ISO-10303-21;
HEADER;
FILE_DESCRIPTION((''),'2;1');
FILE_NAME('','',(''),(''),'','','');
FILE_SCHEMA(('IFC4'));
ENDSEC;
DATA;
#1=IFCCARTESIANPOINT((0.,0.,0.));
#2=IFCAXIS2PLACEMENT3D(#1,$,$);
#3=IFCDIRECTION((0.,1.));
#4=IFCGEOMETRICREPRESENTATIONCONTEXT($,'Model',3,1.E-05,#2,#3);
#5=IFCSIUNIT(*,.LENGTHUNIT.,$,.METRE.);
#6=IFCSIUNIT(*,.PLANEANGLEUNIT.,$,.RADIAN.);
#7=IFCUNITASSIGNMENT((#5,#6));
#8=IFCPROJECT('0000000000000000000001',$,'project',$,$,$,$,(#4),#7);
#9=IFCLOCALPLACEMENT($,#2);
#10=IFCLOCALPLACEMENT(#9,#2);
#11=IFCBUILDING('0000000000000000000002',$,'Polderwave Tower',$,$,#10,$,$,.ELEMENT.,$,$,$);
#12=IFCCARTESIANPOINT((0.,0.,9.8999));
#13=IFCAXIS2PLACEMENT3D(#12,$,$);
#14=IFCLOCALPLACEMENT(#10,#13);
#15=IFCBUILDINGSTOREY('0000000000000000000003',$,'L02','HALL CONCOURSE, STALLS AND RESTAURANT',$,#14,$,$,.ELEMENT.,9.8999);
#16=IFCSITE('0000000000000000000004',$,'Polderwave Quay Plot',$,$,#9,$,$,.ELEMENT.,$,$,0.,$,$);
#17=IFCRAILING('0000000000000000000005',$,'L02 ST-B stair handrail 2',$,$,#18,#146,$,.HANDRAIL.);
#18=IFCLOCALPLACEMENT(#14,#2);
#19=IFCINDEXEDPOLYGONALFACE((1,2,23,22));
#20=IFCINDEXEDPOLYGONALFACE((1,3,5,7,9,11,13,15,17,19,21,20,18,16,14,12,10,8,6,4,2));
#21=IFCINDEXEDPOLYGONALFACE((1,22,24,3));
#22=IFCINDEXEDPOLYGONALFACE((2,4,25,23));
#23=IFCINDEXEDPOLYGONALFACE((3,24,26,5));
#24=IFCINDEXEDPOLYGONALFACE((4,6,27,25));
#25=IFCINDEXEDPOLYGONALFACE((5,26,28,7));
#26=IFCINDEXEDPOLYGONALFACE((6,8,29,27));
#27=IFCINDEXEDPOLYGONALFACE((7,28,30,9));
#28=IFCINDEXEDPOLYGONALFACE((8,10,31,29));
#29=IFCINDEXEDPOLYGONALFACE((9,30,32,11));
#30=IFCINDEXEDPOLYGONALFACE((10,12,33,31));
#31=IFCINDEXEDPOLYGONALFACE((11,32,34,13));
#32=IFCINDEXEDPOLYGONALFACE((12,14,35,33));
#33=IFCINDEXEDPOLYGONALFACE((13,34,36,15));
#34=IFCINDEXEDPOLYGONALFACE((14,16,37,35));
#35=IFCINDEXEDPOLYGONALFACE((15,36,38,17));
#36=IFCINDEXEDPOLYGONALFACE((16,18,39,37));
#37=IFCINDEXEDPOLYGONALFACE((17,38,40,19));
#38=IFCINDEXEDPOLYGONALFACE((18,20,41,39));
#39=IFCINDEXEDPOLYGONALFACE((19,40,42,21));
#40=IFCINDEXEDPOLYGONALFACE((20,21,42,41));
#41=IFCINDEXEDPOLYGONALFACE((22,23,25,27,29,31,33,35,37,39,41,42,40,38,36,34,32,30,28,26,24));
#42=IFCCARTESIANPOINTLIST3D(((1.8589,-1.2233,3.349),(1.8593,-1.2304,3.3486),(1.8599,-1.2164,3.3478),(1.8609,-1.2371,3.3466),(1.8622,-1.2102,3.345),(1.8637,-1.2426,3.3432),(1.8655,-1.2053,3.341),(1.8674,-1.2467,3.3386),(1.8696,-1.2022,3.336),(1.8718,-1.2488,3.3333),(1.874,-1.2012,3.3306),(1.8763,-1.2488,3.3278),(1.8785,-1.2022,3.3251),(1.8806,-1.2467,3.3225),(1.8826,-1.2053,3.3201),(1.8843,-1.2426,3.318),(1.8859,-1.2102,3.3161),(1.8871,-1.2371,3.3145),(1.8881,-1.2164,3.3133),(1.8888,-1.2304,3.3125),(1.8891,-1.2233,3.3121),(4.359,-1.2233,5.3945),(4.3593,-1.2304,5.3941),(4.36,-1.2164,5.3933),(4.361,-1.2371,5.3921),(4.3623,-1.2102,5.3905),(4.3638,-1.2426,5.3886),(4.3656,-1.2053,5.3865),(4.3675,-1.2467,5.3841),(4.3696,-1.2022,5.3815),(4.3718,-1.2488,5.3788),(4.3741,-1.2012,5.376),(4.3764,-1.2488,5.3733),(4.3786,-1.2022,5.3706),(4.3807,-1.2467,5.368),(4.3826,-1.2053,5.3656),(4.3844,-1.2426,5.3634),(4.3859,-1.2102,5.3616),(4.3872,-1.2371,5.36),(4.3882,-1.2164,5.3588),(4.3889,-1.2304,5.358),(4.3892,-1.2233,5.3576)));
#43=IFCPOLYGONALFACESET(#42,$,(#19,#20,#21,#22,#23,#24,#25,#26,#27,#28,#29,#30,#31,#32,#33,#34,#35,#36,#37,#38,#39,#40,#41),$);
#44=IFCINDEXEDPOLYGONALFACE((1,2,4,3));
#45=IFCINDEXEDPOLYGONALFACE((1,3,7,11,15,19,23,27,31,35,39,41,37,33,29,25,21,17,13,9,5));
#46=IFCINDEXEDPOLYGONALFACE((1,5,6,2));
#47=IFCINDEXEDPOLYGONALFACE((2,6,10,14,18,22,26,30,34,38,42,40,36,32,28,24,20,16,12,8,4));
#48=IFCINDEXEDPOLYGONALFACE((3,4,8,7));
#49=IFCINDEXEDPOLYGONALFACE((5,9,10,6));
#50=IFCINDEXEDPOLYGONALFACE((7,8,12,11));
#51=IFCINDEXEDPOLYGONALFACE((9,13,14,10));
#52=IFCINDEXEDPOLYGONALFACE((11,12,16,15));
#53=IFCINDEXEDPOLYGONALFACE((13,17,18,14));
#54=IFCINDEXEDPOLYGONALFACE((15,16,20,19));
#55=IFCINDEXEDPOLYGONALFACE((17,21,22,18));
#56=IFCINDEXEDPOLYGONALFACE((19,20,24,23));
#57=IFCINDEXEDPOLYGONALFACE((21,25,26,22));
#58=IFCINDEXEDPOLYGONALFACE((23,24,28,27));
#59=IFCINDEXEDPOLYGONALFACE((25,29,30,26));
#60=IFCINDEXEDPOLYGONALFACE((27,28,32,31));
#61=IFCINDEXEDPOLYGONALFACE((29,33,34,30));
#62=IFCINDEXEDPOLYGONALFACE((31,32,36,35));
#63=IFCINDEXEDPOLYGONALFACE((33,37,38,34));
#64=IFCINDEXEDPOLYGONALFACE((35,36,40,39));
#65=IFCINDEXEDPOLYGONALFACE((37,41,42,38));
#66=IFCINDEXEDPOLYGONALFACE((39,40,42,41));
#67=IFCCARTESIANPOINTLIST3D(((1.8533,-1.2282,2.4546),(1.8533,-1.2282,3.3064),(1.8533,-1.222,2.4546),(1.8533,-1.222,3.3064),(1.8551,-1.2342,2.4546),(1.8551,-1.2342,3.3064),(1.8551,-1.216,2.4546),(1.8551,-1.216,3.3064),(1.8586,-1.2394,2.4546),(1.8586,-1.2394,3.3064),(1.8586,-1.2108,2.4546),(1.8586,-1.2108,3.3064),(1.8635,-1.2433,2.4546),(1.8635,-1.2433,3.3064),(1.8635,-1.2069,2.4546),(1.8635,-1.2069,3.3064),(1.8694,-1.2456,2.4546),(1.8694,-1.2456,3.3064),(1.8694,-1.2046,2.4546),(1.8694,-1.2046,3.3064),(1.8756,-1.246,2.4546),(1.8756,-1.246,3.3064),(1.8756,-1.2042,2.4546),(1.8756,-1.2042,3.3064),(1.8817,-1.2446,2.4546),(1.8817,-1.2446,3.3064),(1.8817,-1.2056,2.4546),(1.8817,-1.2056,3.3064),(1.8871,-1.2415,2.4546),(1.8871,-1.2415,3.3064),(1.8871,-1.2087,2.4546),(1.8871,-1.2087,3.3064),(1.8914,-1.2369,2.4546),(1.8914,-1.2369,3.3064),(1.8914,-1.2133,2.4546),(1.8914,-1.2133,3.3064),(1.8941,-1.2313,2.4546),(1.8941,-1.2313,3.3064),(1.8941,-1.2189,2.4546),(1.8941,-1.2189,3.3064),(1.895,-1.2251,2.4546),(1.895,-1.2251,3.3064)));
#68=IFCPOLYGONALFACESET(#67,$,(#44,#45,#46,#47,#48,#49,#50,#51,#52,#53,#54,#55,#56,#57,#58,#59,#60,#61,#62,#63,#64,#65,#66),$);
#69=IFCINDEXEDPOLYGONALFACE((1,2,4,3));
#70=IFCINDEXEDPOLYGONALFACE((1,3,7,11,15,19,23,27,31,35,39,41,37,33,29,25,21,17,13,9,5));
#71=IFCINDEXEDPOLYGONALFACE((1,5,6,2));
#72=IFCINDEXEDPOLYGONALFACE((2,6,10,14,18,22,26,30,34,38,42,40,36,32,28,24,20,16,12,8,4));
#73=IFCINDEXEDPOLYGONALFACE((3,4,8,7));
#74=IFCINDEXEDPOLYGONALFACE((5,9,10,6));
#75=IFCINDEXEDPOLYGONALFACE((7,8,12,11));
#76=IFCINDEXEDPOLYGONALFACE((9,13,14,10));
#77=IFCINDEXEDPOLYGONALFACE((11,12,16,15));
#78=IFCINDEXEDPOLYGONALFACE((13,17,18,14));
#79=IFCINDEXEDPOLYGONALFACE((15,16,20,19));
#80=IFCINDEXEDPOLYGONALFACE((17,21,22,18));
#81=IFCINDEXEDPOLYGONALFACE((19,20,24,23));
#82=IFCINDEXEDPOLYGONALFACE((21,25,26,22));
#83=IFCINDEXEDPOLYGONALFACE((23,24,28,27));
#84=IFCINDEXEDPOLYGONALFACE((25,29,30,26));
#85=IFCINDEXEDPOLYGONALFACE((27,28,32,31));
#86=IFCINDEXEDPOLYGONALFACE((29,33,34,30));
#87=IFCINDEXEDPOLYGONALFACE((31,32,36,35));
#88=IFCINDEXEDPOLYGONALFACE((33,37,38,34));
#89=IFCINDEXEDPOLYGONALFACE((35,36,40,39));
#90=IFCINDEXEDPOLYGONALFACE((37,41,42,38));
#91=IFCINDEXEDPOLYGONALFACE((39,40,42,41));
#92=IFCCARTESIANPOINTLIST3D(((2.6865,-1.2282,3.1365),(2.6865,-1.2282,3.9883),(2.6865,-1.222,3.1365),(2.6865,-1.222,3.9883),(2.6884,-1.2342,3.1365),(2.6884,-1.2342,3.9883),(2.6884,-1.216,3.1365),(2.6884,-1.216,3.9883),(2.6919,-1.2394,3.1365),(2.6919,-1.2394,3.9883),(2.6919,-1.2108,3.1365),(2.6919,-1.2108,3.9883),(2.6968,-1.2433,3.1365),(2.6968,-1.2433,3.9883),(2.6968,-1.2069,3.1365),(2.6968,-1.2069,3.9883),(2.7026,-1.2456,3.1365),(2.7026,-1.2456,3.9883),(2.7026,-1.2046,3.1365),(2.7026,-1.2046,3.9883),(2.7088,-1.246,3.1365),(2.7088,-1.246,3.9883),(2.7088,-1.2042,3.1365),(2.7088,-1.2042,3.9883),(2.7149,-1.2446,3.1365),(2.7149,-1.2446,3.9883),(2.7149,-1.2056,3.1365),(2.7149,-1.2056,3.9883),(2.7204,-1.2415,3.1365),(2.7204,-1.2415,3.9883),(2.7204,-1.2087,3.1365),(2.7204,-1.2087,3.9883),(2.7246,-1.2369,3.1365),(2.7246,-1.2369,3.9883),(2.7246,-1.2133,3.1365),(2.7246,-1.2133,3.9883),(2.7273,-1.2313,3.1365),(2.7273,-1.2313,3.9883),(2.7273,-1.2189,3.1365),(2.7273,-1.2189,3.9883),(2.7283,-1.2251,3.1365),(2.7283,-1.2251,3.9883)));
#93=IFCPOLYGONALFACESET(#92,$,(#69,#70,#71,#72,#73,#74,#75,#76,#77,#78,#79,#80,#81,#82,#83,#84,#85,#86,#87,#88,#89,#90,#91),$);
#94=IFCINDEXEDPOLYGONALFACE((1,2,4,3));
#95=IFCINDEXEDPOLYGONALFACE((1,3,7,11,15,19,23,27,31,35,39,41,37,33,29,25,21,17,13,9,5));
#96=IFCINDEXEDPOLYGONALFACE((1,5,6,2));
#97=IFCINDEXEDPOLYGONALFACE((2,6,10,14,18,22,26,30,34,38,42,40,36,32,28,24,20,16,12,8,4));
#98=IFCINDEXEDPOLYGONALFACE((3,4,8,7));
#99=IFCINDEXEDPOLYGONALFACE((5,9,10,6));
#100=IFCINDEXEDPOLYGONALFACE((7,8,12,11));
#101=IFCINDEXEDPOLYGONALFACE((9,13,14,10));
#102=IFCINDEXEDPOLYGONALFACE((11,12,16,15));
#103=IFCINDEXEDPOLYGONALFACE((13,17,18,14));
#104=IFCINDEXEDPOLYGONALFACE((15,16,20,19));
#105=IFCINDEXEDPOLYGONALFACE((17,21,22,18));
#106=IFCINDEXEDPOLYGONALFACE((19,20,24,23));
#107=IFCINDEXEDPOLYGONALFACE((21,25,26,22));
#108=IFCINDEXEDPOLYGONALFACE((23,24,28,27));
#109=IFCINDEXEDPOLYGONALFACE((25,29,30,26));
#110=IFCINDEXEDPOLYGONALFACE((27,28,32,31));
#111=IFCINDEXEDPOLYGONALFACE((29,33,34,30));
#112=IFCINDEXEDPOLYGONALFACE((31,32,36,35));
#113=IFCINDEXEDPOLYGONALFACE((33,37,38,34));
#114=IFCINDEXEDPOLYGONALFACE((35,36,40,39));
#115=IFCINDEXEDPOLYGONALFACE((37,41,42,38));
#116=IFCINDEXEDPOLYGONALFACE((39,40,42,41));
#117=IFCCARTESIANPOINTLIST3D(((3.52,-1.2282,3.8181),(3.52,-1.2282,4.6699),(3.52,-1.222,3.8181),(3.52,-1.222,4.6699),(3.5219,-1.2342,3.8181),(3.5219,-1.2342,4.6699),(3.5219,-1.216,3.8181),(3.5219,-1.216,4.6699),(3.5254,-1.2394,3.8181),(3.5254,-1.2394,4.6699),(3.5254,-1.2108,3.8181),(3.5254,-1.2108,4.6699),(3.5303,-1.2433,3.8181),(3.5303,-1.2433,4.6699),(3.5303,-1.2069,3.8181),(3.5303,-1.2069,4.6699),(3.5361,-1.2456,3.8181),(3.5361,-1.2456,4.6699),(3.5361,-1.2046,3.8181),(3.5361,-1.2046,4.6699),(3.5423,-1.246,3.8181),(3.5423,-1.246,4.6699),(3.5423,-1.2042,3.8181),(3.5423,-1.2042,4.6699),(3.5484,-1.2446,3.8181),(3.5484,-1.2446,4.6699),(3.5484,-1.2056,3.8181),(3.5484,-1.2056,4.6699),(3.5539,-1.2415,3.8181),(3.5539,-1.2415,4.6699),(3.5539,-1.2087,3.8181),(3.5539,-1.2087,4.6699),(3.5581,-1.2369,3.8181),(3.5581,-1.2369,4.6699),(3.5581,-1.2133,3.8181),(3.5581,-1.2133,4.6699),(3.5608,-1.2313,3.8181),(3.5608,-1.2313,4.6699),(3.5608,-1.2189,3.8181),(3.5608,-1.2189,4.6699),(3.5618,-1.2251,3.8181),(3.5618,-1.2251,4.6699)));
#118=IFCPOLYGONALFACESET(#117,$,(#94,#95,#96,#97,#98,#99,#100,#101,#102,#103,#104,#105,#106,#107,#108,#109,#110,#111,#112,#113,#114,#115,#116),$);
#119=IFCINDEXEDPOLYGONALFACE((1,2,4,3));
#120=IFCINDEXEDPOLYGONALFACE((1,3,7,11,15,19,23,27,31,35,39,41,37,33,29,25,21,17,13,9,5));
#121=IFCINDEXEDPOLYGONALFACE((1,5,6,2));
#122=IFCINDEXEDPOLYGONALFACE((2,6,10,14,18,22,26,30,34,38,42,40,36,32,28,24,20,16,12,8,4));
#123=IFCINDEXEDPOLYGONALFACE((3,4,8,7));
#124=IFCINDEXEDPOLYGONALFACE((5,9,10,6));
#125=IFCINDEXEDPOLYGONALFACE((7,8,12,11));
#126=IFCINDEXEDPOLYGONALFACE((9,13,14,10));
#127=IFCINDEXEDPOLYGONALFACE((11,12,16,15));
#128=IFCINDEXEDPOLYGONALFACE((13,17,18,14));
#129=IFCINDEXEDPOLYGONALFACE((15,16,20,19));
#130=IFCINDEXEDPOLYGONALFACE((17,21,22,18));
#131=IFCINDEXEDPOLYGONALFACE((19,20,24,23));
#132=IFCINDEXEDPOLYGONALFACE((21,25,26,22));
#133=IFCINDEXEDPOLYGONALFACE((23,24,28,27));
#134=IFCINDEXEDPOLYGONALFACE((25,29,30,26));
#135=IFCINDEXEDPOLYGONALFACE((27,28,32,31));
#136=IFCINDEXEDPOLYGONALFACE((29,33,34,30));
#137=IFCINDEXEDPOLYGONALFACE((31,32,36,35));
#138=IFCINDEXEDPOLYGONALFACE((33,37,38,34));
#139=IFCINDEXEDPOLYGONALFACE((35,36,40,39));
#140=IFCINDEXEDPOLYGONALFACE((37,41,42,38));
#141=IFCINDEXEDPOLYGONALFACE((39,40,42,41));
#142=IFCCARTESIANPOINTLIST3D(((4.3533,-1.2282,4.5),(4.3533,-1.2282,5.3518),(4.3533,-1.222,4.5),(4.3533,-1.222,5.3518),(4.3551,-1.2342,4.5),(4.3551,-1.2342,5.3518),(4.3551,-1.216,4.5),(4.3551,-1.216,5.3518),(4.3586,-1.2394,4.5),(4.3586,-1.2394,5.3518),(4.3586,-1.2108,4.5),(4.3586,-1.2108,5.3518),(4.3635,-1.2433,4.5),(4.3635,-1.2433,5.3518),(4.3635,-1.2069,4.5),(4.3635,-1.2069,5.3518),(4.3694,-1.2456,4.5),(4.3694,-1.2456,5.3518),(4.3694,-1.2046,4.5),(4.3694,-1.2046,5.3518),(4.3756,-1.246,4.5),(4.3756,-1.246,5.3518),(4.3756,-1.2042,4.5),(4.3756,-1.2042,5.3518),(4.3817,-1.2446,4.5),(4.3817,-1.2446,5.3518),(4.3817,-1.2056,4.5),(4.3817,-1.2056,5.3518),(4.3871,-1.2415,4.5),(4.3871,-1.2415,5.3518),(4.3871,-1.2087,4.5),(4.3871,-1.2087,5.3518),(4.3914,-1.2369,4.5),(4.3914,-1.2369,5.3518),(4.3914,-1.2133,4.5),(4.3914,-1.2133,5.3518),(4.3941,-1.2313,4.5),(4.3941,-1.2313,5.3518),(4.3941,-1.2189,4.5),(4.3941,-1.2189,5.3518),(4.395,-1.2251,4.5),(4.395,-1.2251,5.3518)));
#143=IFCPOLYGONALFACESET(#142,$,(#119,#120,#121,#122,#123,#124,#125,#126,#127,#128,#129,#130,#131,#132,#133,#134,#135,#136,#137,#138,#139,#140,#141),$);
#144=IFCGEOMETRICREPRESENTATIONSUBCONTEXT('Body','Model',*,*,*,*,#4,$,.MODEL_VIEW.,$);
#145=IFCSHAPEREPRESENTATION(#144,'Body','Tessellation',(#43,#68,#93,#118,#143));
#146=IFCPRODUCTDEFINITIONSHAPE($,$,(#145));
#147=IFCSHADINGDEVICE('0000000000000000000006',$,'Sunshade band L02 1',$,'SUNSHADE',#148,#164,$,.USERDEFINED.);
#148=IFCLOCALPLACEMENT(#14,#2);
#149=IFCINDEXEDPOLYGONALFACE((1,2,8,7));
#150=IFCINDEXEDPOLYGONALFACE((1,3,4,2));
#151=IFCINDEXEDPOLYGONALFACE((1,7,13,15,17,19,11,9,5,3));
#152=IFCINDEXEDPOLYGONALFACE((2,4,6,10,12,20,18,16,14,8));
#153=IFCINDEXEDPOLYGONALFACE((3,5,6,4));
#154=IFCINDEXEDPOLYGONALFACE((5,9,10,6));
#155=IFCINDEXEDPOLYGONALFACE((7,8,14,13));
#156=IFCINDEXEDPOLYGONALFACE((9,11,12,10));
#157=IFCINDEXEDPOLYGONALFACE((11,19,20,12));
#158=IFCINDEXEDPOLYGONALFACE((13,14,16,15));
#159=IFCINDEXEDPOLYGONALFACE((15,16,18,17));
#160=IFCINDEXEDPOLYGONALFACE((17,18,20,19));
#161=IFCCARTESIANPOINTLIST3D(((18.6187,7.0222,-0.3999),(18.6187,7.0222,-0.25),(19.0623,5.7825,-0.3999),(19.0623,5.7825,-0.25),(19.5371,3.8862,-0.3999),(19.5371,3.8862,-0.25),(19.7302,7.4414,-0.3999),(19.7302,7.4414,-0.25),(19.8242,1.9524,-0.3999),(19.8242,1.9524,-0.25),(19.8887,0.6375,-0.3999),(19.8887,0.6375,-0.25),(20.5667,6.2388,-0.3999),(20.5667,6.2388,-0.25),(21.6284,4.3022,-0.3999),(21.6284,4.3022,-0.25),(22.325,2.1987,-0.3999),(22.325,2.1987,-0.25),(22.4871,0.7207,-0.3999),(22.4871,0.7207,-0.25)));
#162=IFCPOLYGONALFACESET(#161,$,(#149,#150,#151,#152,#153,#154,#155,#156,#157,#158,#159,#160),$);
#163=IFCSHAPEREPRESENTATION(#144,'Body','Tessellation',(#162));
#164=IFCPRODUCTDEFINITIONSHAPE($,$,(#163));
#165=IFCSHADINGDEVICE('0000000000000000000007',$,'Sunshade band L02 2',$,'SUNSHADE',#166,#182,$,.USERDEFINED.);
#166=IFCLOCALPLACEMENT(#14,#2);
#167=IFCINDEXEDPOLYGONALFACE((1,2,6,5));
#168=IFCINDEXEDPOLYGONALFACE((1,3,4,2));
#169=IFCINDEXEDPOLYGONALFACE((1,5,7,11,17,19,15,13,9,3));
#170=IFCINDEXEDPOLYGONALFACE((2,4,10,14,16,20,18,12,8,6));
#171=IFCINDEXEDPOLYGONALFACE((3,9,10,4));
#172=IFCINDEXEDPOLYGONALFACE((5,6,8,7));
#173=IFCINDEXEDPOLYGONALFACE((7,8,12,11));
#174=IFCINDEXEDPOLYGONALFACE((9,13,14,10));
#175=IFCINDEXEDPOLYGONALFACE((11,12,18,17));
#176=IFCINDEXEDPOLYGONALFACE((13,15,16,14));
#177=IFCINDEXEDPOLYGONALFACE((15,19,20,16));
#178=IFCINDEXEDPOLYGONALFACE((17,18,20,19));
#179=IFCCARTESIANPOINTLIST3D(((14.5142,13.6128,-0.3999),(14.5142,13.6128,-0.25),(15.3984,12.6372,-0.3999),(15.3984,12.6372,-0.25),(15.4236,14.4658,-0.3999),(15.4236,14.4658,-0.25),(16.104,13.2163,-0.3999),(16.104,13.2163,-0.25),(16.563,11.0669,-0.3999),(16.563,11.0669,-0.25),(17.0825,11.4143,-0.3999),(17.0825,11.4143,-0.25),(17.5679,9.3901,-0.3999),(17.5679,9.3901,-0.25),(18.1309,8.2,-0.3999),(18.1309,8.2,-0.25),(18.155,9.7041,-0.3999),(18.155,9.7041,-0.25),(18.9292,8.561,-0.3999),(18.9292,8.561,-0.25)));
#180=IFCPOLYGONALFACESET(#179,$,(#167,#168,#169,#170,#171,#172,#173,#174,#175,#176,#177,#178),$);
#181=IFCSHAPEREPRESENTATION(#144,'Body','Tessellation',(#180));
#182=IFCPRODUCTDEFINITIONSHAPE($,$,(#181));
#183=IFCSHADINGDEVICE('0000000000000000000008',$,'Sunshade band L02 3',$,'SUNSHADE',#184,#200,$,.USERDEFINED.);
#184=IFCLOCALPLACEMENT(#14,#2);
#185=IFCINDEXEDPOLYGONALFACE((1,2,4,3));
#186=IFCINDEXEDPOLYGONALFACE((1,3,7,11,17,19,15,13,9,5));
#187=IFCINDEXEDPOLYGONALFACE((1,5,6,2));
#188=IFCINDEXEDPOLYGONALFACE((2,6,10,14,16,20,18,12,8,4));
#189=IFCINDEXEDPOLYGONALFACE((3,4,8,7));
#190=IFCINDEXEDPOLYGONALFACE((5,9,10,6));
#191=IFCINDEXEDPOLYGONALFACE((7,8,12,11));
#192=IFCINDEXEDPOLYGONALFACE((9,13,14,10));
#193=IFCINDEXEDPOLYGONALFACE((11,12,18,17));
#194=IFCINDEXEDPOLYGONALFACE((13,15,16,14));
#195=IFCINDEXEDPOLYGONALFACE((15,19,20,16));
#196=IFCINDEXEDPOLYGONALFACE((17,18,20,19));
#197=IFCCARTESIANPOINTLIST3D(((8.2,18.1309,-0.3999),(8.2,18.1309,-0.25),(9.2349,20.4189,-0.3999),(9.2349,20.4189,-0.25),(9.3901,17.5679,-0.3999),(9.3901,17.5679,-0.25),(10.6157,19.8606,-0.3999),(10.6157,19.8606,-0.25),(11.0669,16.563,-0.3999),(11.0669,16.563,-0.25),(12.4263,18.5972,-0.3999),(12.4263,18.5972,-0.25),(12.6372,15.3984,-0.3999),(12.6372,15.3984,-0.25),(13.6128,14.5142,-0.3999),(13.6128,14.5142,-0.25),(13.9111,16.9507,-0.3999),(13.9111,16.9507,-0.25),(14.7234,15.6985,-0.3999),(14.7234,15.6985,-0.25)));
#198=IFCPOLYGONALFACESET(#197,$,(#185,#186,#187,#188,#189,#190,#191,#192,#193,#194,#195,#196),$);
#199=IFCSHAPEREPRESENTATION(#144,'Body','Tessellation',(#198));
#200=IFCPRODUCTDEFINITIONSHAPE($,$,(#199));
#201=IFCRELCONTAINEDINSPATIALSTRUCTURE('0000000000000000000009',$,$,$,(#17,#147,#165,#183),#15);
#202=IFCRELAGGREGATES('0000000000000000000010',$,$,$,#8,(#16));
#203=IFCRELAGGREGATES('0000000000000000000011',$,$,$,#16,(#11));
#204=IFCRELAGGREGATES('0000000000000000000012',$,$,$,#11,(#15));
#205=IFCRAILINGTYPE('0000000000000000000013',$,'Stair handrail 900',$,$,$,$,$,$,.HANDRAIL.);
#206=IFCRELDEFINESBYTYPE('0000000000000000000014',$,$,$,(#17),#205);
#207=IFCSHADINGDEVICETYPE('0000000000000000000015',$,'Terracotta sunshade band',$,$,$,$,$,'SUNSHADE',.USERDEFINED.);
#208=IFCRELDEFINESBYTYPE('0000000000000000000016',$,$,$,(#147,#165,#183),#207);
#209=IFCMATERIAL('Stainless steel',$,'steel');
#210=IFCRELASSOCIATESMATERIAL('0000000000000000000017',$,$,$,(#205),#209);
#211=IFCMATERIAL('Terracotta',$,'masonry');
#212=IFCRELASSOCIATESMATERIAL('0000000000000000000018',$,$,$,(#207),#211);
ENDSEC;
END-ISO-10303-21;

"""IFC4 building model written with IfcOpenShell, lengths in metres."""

from ifc_helpers import new_model, si_unit, direction, frame, origin, origin_2d, place, context, subcontext, project, spatial, polyline, circle, outline, extrude, material, type_object, element, save


model = new_model("IFC4")

# Units and contexts
model_context = context("Model", 3, precision=1e-05, world=origin(), true_north=direction((0.0, 1.0)))
body_context = subcontext(model_context, "Body", "Model", "MODEL_VIEW")
ifc_project = project(units=[si_unit("LENGTHUNIT", "METRE"), si_unit("PLANEANGLEUNIT", "RADIAN")], contexts=[model_context])

# Site, building, storey
site_placement = place(None, origin())
site = spatial("IfcSite", under=ifc_project, at=site_placement, Name="Polderwave Quay Plot", CompositionType="ELEMENT", RefElevation=0.0)
building_placement = place(site_placement, origin())
building = spatial("IfcBuilding", under=site, at=building_placement, Name="Polderwave Tower", CompositionType="ELEMENT")
storey_placement = place(building_placement, frame((0.0, 0.0, 9.8999)))
storey = spatial("IfcBuildingStorey", under=building, at=storey_placement, Name="L02", Description="HALL CONCOURSE, STALLS AND RESTAURANT", CompositionType="ELEMENT", Elevation=9.8999)

# Railing
ifc_material_1 = material(Name="Stainless steel", Category="steel")
railing_type_1 = type_object("IfcRailingType", Name="Stair handrail 900", PredefinedType="HANDRAIL", material=ifc_material_1)
railing_1_placement = place(storey_placement, frame((1.874, -1.2251, 2.4546)))
element("IfcRailing", 1, at=railing_1_placement, inside=storey, type_object=railing_type_1, Name="L02 ST-B stair handrail 2", PredefinedType="HANDRAIL", context=body_context, shape_type="SweptSolid", body=[
    extrude(circle(Radius=0.0239, at=origin_2d()), frame((0.0, 0.0, 0.876), z_axis=(0.773964, 0.0, 0.63323), x_axis=(0.0, 1.0, 0.0)), (0.0, 0.0, 1.0), 3.2302),
    extrude(circle(Radius=0.021, at=origin_2d()), origin(), (0.0, 0.0, 1.0), 0.8518),
    extrude(circle(Radius=0.021, at=origin_2d()), frame((0.8333, 0.0, 0.6819)), (0.0, 0.0, 1.0), 0.8518),
    extrude(circle(Radius=0.021, at=origin_2d()), frame((1.6667, 0.0, 1.3635)), (0.0, 0.0, 1.0), 0.8518),
    extrude(circle(Radius=0.021, at=origin_2d()), frame((2.5, 0.0, 2.0454)), (0.0, 0.0, 1.0), 0.8518),
])

# Shading devices
ifc_material_2 = material(Name="Terracotta", Category="masonry")
shading_device_type = type_object("IfcShadingDeviceType", Name="Terracotta sunshade band", ElementType="SUNSHADE", PredefinedType="USERDEFINED", material=ifc_material_2)
shading_device_1_placement = place(storey_placement, frame((0.0, 0.0, -0.3999)))
element("IfcShadingDevice", 2, at=shading_device_1_placement, inside=storey, type_object=shading_device_type, Name="Sunshade band L02 1", ObjectType="SUNSHADE", PredefinedType="USERDEFINED", context=body_context, shape_type="SweptSolid", body=[
    extrude(outline(polyline([(19.8887, 0.6375), (19.8242, 1.9524), (19.5371, 3.8862), (19.0623, 5.7825), (18.6187, 7.0222), (19.7302, 7.4414), (20.5667, 6.2388), (21.6284, 4.3022), (22.325, 2.1987), (22.4871, 0.7207), (19.8887, 0.6375)])), origin(), (0.0, 0.0, 1.0), 0.1499),
])
shading_device_2_placement = place(storey_placement, frame((0.0, 0.0, -0.3999)))
element("IfcShadingDevice", 3, at=shading_device_2_placement, inside=storey, type_object=shading_device_type, Name="Sunshade band L02 2", ObjectType="SUNSHADE", PredefinedType="USERDEFINED", context=body_context, shape_type="SweptSolid", body=[
    extrude(outline(polyline([(18.1309, 8.2), (17.5679, 9.3901), (16.563, 11.0669), (15.3984, 12.6372), (14.5142, 13.6128), (15.4236, 14.4658), (16.104, 13.2163), (17.0825, 11.4143), (18.155, 9.7041), (18.9292, 8.561), (18.1309, 8.2)])), origin(), (0.0, 0.0, 1.0), 0.1499),
])
shading_device_3_placement = place(storey_placement, frame((0.0, 0.0, -0.3999)))
element("IfcShadingDevice", 4, at=shading_device_3_placement, inside=storey, type_object=shading_device_type, Name="Sunshade band L02 3", ObjectType="SUNSHADE", PredefinedType="USERDEFINED", context=body_context, shape_type="SweptSolid", body=[
    extrude(outline(polyline([(13.6128, 14.5142), (12.6372, 15.3984), (11.0669, 16.563), (9.3901, 17.5679), (8.2, 18.1309), (9.2349, 20.4189), (10.6157, 19.8606), (12.4263, 18.5972), (13.9111, 16.9507), (14.7234, 15.6985), (13.6128, 14.5142)])), origin(), (0.0, 0.0, 1.0), 0.1499),
])

save(model, "model.ifc")
